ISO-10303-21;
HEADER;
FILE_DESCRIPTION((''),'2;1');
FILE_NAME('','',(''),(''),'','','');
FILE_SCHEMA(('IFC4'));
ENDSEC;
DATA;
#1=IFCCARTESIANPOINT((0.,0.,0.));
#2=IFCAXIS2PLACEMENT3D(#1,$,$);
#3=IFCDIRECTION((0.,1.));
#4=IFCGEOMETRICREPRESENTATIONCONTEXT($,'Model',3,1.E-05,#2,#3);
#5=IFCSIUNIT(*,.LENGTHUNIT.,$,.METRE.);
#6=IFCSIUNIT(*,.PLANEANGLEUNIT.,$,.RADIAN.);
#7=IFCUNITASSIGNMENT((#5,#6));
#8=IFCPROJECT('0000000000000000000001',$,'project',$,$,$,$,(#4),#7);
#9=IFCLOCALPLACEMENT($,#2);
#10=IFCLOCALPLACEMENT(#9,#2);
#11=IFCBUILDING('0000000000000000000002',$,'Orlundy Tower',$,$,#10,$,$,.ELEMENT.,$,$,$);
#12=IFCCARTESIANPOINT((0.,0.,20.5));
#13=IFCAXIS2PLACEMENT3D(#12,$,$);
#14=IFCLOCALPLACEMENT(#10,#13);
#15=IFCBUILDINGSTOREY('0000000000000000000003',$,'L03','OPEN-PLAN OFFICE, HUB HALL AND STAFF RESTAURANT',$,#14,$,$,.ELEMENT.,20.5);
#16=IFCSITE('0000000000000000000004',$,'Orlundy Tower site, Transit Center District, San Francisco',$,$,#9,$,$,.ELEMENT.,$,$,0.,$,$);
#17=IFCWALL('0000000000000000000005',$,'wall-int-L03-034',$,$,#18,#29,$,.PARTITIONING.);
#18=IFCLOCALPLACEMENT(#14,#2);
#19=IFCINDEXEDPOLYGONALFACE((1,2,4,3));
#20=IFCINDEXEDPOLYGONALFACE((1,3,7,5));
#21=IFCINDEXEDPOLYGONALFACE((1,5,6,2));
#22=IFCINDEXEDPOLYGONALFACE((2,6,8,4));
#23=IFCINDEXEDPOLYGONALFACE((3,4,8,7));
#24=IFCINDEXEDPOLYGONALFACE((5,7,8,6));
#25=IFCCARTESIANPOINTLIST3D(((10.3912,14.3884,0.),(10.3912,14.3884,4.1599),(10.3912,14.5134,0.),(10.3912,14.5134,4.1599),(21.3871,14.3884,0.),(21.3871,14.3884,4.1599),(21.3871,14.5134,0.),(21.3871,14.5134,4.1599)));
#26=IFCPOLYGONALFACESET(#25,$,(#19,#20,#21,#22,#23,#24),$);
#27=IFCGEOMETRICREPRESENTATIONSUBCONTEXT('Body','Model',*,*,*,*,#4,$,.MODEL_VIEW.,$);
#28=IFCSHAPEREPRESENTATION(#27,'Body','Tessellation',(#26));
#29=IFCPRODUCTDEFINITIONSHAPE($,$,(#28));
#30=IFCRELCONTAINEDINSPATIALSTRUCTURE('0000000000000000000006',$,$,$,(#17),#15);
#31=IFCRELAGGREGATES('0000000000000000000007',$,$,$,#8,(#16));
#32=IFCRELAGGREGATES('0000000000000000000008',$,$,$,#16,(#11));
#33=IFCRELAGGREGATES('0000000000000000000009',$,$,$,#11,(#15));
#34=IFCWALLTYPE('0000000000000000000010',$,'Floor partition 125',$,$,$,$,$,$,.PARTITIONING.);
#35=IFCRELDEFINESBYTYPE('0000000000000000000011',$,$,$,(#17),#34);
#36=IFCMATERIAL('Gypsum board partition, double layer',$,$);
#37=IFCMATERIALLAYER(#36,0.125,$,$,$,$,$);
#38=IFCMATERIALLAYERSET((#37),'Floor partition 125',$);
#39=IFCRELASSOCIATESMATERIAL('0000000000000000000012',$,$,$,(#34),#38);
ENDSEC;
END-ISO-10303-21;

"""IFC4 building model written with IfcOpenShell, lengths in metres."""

from ifc_helpers import new_model, si_unit, direction, frame, frame_2d, origin, place, context, subcontext, project, spatial, rectangle, extrude, material, layer, layer_set, type_object, element, save


model = new_model("IFC4")

# Units and contexts
model_context = context("Model", 3, precision=1e-05, world=origin(), true_north=direction((0.0, 1.0)))
body_context = subcontext(model_context, "Body", "Model", "MODEL_VIEW")
ifc_project = project(units=[si_unit("LENGTHUNIT", "METRE"), si_unit("PLANEANGLEUNIT", "RADIAN")], contexts=[model_context])

# Site, building, storey
site_placement = place(None, origin())
site = spatial("IfcSite", under=ifc_project, at=site_placement, Name="Orlundy Tower site, Transit Center District, San Francisco", CompositionType="ELEMENT", RefElevation=0.0)
building_placement = place(site_placement, origin())
building = spatial("IfcBuilding", under=site, at=building_placement, Name="Orlundy Tower", CompositionType="ELEMENT")
storey_placement = place(building_placement, frame((0.0, 0.0, 20.5)))
storey = spatial("IfcBuildingStorey", under=building, at=storey_placement, Name="L03", Description="OPEN-PLAN OFFICE, HUB HALL AND STAFF RESTAURANT", CompositionType="ELEMENT", Elevation=20.5)

# Wall
ifc_material_1 = material(Name="Gypsum board partition, double layer")
ifc_layer_1 = layer(ifc_material_1, 0.125)
ifc_layer_set_1 = layer_set([ifc_layer_1], Name="Floor partition 125")
wall_type_1 = type_object("IfcWallType", Name="Floor partition 125", PredefinedType="PARTITIONING", material=ifc_layer_set_1)
wall_1_placement = place(storey_placement, frame((10.3911, 14.4509, 0.0), z_axis=(0.0, 0.0, 1.0), x_axis=(1.0, 0.0, 0.0)))
element("IfcWall", 1, at=wall_1_placement, inside=storey, type_object=wall_type_1, Name="wall-int-L03-034", PredefinedType="PARTITIONING", context=body_context, shape_type="SweptSolid", body=[
    extrude(rectangle(XDim=10.9958, YDim=0.125, at=frame_2d((5.498, 0.0))), origin(), (0.0, 0.0, 1.0), 4.1599),
])

save(model, "model.ifc")
